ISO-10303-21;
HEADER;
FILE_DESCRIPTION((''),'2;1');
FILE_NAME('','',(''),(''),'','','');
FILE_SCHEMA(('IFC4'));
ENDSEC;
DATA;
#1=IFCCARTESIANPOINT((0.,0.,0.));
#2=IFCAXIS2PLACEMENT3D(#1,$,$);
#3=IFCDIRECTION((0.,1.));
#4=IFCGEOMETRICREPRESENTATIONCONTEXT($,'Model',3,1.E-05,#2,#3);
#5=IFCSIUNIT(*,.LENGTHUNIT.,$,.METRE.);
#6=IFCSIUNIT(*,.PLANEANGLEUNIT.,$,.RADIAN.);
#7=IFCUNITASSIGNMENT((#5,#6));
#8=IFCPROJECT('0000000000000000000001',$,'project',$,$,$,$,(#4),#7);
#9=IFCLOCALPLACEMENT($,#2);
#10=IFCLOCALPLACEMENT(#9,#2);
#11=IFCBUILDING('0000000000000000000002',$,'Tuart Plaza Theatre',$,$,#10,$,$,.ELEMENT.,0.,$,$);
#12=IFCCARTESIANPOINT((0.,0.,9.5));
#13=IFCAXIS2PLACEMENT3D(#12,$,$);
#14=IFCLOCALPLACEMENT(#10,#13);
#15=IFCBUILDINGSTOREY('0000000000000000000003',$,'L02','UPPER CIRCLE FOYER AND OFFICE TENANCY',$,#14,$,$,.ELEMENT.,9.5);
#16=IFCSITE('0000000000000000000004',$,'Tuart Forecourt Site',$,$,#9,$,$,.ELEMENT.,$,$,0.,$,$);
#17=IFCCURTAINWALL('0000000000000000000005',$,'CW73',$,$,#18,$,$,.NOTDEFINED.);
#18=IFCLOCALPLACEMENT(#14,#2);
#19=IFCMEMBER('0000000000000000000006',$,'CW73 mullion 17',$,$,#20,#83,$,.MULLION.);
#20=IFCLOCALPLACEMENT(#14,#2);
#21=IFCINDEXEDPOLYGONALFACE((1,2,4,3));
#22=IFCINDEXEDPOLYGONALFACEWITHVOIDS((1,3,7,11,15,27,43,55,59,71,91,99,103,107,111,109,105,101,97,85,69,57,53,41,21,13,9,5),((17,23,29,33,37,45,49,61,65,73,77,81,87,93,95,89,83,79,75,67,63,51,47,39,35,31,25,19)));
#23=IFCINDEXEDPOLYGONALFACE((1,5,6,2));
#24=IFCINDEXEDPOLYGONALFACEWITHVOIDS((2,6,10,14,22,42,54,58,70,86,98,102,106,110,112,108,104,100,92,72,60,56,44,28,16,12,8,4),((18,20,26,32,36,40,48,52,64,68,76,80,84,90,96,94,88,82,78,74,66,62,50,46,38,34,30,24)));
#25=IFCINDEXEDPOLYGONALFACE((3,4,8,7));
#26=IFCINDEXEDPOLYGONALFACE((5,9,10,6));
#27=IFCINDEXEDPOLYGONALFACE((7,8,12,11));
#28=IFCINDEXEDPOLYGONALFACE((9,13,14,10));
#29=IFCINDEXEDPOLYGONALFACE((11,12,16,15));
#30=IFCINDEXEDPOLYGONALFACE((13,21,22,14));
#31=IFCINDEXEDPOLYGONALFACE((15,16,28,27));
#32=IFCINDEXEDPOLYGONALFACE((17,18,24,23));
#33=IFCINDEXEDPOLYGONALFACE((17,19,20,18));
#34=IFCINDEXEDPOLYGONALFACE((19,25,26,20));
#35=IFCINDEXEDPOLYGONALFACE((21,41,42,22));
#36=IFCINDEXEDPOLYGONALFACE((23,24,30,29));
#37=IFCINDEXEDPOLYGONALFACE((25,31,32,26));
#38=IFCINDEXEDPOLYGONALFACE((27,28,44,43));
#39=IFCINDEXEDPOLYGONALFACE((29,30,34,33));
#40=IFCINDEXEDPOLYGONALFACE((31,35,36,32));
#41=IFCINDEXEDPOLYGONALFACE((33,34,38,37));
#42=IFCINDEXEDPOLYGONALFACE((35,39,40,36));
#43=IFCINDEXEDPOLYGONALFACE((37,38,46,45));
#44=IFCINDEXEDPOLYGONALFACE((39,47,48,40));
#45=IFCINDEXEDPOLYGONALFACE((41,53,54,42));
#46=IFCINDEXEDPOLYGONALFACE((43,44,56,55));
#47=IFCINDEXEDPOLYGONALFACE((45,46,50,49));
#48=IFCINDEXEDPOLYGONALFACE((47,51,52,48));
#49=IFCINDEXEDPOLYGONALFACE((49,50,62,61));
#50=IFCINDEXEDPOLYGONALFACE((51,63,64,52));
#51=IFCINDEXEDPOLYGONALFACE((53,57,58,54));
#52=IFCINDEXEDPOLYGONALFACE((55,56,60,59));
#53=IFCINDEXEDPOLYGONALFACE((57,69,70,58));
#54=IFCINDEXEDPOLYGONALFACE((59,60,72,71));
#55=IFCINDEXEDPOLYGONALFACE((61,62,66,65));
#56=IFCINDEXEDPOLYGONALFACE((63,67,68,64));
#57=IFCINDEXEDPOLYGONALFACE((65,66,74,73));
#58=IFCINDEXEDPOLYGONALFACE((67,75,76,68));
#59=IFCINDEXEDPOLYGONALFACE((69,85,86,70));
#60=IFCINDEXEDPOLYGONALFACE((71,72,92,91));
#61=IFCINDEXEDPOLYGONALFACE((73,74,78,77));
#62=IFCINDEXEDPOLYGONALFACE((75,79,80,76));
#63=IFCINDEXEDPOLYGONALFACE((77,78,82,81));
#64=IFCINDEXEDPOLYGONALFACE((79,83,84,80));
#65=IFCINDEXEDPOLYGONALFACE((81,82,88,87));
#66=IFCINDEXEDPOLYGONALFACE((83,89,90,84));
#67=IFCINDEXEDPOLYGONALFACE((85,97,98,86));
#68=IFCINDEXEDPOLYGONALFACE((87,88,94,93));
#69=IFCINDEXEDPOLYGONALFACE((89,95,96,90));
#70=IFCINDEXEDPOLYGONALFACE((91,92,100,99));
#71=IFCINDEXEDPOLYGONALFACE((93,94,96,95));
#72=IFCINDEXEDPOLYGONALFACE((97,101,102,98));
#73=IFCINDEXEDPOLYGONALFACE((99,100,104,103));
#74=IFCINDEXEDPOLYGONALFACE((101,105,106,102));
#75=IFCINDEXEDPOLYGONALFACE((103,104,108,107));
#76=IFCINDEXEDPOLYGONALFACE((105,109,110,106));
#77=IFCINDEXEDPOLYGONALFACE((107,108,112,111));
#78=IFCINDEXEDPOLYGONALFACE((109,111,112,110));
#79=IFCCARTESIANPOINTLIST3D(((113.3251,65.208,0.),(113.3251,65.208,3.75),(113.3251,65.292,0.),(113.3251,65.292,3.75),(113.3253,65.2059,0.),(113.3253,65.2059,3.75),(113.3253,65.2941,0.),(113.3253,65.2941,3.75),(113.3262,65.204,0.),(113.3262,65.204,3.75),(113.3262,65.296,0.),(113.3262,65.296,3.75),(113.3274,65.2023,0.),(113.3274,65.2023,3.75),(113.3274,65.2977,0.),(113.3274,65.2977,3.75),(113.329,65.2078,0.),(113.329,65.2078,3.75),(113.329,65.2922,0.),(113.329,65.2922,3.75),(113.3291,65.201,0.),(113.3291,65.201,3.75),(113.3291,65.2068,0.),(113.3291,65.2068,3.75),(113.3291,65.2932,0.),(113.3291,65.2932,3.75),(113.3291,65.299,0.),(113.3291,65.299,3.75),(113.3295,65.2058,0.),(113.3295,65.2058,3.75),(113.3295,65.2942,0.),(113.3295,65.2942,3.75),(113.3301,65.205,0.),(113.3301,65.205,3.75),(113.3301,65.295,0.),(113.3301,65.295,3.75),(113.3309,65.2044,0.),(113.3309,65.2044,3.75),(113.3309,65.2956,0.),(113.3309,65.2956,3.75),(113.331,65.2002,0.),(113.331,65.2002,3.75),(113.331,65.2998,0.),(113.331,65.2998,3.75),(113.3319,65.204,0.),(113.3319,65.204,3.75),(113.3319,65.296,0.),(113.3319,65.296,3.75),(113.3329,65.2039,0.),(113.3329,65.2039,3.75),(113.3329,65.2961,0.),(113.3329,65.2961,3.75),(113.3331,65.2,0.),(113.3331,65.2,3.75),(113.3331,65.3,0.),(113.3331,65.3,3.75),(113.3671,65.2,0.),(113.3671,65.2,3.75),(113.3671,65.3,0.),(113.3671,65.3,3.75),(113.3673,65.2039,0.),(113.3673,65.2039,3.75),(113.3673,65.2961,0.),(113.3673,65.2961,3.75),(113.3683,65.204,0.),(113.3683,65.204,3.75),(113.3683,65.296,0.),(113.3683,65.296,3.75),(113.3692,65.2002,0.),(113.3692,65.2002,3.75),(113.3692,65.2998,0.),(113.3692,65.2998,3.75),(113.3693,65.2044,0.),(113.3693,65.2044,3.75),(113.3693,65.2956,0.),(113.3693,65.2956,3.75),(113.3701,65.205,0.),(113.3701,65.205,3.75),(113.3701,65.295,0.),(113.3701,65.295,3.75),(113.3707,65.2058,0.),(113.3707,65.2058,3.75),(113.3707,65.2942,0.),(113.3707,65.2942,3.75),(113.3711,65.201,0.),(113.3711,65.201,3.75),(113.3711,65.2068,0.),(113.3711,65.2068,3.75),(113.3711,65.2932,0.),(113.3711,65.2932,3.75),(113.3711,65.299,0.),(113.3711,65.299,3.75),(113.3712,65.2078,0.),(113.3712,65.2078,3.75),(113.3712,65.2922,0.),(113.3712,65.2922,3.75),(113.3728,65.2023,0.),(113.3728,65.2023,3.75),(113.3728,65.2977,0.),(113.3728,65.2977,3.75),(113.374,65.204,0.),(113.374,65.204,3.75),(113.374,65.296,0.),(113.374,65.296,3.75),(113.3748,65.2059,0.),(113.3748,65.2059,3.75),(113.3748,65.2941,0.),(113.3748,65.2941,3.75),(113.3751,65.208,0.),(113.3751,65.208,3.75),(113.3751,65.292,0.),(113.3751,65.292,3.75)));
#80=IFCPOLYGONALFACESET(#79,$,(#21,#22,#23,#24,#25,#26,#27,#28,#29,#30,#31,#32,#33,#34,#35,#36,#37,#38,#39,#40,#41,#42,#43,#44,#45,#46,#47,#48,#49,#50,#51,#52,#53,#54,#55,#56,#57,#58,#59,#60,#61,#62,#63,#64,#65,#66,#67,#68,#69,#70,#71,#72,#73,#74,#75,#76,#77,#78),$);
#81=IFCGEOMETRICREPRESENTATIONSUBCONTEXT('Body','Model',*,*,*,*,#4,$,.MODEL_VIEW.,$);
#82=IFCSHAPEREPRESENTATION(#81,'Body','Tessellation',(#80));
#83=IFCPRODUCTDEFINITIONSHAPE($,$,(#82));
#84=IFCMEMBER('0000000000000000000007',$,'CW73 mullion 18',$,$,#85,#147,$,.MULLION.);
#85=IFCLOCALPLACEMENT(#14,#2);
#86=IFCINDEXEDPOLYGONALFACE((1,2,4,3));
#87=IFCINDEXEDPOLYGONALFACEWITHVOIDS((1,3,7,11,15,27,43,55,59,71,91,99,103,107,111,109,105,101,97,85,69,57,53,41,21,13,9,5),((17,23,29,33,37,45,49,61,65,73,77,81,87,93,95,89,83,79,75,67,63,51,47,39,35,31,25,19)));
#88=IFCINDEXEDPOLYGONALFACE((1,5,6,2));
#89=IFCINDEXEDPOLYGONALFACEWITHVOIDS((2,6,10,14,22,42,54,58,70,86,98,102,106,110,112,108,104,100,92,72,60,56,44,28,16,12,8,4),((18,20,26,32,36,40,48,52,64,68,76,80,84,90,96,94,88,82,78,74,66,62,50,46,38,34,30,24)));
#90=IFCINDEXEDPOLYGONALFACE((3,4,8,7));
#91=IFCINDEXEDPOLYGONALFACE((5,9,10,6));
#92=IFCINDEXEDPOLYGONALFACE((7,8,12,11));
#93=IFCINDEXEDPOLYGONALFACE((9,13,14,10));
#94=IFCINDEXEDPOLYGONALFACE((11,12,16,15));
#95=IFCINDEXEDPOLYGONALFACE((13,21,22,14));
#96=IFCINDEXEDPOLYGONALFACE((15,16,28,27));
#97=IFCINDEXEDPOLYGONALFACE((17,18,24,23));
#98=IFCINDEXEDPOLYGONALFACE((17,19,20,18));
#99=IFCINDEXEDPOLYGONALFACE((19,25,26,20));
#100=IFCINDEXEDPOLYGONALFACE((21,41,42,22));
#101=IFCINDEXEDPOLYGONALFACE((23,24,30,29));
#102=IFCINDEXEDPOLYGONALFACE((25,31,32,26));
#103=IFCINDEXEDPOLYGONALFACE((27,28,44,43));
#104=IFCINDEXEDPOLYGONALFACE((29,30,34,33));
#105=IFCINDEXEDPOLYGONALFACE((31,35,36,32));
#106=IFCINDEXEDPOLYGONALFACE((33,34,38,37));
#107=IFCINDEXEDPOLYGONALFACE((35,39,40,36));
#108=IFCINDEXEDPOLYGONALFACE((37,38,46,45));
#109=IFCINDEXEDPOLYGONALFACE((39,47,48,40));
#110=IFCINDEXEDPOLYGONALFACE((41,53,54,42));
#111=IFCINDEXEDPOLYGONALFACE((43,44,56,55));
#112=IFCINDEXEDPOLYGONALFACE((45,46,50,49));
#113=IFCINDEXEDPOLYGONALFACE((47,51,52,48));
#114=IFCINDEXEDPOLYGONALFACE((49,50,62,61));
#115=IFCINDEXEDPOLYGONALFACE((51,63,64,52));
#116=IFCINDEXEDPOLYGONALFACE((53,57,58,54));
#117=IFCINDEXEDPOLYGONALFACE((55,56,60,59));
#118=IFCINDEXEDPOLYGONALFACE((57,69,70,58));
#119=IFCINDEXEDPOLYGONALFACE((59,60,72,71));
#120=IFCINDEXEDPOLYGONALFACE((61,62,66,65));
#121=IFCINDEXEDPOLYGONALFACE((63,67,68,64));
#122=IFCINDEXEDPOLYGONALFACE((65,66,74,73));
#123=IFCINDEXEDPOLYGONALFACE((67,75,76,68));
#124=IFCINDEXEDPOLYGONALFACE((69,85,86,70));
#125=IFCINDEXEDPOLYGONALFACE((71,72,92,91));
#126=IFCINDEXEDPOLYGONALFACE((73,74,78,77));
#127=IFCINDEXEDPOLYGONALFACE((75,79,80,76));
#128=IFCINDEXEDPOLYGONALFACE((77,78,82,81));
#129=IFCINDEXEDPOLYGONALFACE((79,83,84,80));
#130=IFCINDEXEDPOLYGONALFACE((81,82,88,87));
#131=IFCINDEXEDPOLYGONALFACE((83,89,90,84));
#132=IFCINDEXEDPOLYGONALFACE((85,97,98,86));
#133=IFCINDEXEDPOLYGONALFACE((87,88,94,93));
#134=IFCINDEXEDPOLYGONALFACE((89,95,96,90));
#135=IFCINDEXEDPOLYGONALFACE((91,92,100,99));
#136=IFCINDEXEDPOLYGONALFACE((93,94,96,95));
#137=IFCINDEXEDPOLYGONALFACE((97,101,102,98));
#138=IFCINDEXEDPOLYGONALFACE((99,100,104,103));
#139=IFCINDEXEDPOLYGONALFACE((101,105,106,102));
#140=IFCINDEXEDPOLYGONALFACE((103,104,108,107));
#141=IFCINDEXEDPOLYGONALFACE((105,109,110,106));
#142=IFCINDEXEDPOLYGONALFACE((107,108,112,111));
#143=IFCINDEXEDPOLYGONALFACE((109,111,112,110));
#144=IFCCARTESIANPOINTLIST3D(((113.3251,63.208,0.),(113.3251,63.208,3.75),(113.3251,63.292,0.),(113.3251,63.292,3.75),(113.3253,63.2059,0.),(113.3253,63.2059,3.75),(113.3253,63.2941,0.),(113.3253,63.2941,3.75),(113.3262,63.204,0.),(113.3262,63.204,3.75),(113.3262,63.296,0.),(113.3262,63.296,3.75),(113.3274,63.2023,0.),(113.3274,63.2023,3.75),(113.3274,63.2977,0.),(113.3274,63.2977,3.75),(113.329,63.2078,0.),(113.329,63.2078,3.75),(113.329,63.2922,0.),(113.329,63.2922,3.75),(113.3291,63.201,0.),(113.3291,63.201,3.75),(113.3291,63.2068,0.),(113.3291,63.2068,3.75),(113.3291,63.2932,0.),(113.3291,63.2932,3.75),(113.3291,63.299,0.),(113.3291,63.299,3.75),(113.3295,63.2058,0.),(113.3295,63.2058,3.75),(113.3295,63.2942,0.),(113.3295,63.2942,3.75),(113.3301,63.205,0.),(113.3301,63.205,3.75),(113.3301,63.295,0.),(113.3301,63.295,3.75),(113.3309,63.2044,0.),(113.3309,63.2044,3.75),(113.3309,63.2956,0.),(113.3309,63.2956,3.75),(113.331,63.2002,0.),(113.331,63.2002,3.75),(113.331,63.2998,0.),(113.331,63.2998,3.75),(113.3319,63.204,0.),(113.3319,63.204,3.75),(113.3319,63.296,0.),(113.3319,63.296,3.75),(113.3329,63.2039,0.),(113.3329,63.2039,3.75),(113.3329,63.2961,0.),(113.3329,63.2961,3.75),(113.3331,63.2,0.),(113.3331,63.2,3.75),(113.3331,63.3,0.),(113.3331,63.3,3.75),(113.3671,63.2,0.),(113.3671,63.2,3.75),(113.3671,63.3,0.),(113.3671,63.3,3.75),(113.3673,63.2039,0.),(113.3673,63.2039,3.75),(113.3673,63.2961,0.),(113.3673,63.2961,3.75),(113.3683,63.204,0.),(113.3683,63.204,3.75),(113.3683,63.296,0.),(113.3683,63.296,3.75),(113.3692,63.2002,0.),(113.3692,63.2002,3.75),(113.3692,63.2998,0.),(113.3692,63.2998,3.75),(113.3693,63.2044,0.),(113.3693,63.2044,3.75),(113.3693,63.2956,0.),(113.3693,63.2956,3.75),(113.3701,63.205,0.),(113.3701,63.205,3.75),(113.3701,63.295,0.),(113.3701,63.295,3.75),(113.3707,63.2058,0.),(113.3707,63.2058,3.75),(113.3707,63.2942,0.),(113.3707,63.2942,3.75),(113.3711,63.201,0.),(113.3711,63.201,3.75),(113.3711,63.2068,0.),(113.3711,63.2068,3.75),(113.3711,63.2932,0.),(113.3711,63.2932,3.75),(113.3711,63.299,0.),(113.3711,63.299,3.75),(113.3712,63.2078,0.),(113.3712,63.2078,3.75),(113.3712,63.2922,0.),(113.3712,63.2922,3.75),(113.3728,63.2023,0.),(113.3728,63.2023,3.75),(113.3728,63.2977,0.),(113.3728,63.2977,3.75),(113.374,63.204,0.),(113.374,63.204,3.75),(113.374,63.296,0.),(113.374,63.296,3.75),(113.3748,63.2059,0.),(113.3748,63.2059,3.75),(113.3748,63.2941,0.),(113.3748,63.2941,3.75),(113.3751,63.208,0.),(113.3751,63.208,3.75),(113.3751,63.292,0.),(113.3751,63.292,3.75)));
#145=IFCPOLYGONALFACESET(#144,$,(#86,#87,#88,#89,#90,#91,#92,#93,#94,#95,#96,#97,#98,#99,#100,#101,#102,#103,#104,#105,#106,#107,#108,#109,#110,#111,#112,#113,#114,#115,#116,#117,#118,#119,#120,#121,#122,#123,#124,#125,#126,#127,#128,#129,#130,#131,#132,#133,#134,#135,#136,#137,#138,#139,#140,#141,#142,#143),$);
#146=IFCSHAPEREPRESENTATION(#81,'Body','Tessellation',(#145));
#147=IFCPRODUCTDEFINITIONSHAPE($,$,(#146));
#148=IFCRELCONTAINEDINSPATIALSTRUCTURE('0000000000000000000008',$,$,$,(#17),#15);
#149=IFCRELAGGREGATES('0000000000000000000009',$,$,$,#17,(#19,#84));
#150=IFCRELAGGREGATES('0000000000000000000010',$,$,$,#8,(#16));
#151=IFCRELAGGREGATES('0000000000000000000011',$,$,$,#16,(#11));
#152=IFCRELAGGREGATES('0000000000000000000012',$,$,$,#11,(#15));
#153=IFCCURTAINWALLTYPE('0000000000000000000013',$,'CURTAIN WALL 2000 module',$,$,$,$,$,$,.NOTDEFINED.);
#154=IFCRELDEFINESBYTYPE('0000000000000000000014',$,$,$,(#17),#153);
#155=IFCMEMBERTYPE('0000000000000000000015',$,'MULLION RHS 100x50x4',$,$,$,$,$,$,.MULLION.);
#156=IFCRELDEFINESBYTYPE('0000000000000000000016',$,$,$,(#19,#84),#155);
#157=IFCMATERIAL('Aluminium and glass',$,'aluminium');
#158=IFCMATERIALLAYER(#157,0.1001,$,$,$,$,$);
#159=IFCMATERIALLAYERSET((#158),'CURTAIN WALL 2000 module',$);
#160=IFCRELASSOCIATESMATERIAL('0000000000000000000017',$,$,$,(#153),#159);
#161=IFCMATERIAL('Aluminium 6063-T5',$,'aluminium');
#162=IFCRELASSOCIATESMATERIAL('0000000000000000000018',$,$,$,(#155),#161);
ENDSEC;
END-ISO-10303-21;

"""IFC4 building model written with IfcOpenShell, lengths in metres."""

from ifc_helpers import new_model, si_unit, direction, frame, origin, origin_2d, place, context, subcontext, project, spatial, hollow_rectangle, extrude, material, layer, layer_set, material_profile, profile_set, type_object, element, aggregate, save


model = new_model("IFC4")

# Units and contexts
model_context = context("Model", 3, precision=1e-05, world=origin(), true_north=direction((0.0, 1.0)))
body_context = subcontext(model_context, "Body", "Model", "MODEL_VIEW")
ifc_project = project(units=[si_unit("LENGTHUNIT", "METRE"), si_unit("PLANEANGLEUNIT", "RADIAN")], contexts=[model_context])

# Site, building, storey
site_placement = place(None, origin())
site = spatial("IfcSite", under=ifc_project, at=site_placement, Name="Tuart Forecourt Site", CompositionType="ELEMENT", RefElevation=0.0)
building_placement = place(site_placement, origin())
building = spatial("IfcBuilding", under=site, at=building_placement, Name="Tuart Plaza Theatre", CompositionType="ELEMENT", ElevationOfRefHeight=0.0)
storey_placement = place(building_placement, frame((0.0, 0.0, 9.5)))
storey = spatial("IfcBuildingStorey", under=building, at=storey_placement, Name="L02", Description="UPPER CIRCLE FOYER AND OFFICE TENANCY", CompositionType="ELEMENT", Elevation=9.5)

# Curtain wall, members
ifc_material_1 = material(Name="Aluminium and glass", Category="aluminium")
ifc_layer_1 = layer(ifc_material_1, 0.1001)
ifc_layer_set_1 = layer_set([ifc_layer_1], Name="CURTAIN WALL 2000 module")
curtain_wall_type = type_object("IfcCurtainWallType", Name="CURTAIN WALL 2000 module", PredefinedType="NOTDEFINED", material=ifc_layer_set_1)
curtain_wall_placement = place(storey_placement, origin())
curtain_wall = element("IfcCurtainWall", 1, at=curtain_wall_placement, inside=storey, type_object=curtain_wall_type, Name="CW73", PredefinedType="NOTDEFINED")
ifc_material_2 = material(Name="Aluminium 6063-T5", Category="aluminium")
ifc_material_profile_1 = material_profile(ifc_material_2, hollow_rectangle(XDim=0.05, YDim=0.1001, WallThickness=0.0039, InnerFilletRadius=0.0039, OuterFilletRadius=0.0081, at=origin_2d()), Name="RHS 100x50x4")
ifc_profile_set_1 = profile_set([ifc_material_profile_1], Name="Aluminium 6063-T5")
member_type_1 = type_object("IfcMemberType", Name="MULLION RHS 100x50x4", PredefinedType="MULLION", material=ifc_profile_set_1)
member_1_placement = place(storey_placement, frame((113.3501, 65.25, 0.0), z_axis=(0.0, 0.0, 1.0), x_axis=(1.0, 0.0, 0.0)))
member_1 = element("IfcMember", 2, at=member_1_placement, type_object=member_type_1, Name="CW73 mullion 17", PredefinedType="MULLION", context=body_context, shape_type="SweptSolid", body=[
    extrude(hollow_rectangle(XDim=0.05, YDim=0.1001, WallThickness=0.0039, InnerFilletRadius=0.0039, OuterFilletRadius=0.0081, at=origin_2d()), origin(), (0.0, 0.0, 1.0), 3.75),
])
member_2_placement = place(storey_placement, frame((113.3501, 63.25, 0.0), z_axis=(0.0, 0.0, 1.0), x_axis=(1.0, 0.0, 0.0)))
member_2 = element("IfcMember", 3, at=member_2_placement, type_object=member_type_1, Name="CW73 mullion 18", PredefinedType="MULLION", context=body_context, shape_type="SweptSolid", body=[
    extrude(hollow_rectangle(XDim=0.05, YDim=0.1001, WallThickness=0.0039, InnerFilletRadius=0.0039, OuterFilletRadius=0.0081, at=origin_2d()), origin(), (0.0, 0.0, 1.0), 3.75),
])
aggregate(curtain_wall, [member_1, member_2])

save(model, "model.ifc")
